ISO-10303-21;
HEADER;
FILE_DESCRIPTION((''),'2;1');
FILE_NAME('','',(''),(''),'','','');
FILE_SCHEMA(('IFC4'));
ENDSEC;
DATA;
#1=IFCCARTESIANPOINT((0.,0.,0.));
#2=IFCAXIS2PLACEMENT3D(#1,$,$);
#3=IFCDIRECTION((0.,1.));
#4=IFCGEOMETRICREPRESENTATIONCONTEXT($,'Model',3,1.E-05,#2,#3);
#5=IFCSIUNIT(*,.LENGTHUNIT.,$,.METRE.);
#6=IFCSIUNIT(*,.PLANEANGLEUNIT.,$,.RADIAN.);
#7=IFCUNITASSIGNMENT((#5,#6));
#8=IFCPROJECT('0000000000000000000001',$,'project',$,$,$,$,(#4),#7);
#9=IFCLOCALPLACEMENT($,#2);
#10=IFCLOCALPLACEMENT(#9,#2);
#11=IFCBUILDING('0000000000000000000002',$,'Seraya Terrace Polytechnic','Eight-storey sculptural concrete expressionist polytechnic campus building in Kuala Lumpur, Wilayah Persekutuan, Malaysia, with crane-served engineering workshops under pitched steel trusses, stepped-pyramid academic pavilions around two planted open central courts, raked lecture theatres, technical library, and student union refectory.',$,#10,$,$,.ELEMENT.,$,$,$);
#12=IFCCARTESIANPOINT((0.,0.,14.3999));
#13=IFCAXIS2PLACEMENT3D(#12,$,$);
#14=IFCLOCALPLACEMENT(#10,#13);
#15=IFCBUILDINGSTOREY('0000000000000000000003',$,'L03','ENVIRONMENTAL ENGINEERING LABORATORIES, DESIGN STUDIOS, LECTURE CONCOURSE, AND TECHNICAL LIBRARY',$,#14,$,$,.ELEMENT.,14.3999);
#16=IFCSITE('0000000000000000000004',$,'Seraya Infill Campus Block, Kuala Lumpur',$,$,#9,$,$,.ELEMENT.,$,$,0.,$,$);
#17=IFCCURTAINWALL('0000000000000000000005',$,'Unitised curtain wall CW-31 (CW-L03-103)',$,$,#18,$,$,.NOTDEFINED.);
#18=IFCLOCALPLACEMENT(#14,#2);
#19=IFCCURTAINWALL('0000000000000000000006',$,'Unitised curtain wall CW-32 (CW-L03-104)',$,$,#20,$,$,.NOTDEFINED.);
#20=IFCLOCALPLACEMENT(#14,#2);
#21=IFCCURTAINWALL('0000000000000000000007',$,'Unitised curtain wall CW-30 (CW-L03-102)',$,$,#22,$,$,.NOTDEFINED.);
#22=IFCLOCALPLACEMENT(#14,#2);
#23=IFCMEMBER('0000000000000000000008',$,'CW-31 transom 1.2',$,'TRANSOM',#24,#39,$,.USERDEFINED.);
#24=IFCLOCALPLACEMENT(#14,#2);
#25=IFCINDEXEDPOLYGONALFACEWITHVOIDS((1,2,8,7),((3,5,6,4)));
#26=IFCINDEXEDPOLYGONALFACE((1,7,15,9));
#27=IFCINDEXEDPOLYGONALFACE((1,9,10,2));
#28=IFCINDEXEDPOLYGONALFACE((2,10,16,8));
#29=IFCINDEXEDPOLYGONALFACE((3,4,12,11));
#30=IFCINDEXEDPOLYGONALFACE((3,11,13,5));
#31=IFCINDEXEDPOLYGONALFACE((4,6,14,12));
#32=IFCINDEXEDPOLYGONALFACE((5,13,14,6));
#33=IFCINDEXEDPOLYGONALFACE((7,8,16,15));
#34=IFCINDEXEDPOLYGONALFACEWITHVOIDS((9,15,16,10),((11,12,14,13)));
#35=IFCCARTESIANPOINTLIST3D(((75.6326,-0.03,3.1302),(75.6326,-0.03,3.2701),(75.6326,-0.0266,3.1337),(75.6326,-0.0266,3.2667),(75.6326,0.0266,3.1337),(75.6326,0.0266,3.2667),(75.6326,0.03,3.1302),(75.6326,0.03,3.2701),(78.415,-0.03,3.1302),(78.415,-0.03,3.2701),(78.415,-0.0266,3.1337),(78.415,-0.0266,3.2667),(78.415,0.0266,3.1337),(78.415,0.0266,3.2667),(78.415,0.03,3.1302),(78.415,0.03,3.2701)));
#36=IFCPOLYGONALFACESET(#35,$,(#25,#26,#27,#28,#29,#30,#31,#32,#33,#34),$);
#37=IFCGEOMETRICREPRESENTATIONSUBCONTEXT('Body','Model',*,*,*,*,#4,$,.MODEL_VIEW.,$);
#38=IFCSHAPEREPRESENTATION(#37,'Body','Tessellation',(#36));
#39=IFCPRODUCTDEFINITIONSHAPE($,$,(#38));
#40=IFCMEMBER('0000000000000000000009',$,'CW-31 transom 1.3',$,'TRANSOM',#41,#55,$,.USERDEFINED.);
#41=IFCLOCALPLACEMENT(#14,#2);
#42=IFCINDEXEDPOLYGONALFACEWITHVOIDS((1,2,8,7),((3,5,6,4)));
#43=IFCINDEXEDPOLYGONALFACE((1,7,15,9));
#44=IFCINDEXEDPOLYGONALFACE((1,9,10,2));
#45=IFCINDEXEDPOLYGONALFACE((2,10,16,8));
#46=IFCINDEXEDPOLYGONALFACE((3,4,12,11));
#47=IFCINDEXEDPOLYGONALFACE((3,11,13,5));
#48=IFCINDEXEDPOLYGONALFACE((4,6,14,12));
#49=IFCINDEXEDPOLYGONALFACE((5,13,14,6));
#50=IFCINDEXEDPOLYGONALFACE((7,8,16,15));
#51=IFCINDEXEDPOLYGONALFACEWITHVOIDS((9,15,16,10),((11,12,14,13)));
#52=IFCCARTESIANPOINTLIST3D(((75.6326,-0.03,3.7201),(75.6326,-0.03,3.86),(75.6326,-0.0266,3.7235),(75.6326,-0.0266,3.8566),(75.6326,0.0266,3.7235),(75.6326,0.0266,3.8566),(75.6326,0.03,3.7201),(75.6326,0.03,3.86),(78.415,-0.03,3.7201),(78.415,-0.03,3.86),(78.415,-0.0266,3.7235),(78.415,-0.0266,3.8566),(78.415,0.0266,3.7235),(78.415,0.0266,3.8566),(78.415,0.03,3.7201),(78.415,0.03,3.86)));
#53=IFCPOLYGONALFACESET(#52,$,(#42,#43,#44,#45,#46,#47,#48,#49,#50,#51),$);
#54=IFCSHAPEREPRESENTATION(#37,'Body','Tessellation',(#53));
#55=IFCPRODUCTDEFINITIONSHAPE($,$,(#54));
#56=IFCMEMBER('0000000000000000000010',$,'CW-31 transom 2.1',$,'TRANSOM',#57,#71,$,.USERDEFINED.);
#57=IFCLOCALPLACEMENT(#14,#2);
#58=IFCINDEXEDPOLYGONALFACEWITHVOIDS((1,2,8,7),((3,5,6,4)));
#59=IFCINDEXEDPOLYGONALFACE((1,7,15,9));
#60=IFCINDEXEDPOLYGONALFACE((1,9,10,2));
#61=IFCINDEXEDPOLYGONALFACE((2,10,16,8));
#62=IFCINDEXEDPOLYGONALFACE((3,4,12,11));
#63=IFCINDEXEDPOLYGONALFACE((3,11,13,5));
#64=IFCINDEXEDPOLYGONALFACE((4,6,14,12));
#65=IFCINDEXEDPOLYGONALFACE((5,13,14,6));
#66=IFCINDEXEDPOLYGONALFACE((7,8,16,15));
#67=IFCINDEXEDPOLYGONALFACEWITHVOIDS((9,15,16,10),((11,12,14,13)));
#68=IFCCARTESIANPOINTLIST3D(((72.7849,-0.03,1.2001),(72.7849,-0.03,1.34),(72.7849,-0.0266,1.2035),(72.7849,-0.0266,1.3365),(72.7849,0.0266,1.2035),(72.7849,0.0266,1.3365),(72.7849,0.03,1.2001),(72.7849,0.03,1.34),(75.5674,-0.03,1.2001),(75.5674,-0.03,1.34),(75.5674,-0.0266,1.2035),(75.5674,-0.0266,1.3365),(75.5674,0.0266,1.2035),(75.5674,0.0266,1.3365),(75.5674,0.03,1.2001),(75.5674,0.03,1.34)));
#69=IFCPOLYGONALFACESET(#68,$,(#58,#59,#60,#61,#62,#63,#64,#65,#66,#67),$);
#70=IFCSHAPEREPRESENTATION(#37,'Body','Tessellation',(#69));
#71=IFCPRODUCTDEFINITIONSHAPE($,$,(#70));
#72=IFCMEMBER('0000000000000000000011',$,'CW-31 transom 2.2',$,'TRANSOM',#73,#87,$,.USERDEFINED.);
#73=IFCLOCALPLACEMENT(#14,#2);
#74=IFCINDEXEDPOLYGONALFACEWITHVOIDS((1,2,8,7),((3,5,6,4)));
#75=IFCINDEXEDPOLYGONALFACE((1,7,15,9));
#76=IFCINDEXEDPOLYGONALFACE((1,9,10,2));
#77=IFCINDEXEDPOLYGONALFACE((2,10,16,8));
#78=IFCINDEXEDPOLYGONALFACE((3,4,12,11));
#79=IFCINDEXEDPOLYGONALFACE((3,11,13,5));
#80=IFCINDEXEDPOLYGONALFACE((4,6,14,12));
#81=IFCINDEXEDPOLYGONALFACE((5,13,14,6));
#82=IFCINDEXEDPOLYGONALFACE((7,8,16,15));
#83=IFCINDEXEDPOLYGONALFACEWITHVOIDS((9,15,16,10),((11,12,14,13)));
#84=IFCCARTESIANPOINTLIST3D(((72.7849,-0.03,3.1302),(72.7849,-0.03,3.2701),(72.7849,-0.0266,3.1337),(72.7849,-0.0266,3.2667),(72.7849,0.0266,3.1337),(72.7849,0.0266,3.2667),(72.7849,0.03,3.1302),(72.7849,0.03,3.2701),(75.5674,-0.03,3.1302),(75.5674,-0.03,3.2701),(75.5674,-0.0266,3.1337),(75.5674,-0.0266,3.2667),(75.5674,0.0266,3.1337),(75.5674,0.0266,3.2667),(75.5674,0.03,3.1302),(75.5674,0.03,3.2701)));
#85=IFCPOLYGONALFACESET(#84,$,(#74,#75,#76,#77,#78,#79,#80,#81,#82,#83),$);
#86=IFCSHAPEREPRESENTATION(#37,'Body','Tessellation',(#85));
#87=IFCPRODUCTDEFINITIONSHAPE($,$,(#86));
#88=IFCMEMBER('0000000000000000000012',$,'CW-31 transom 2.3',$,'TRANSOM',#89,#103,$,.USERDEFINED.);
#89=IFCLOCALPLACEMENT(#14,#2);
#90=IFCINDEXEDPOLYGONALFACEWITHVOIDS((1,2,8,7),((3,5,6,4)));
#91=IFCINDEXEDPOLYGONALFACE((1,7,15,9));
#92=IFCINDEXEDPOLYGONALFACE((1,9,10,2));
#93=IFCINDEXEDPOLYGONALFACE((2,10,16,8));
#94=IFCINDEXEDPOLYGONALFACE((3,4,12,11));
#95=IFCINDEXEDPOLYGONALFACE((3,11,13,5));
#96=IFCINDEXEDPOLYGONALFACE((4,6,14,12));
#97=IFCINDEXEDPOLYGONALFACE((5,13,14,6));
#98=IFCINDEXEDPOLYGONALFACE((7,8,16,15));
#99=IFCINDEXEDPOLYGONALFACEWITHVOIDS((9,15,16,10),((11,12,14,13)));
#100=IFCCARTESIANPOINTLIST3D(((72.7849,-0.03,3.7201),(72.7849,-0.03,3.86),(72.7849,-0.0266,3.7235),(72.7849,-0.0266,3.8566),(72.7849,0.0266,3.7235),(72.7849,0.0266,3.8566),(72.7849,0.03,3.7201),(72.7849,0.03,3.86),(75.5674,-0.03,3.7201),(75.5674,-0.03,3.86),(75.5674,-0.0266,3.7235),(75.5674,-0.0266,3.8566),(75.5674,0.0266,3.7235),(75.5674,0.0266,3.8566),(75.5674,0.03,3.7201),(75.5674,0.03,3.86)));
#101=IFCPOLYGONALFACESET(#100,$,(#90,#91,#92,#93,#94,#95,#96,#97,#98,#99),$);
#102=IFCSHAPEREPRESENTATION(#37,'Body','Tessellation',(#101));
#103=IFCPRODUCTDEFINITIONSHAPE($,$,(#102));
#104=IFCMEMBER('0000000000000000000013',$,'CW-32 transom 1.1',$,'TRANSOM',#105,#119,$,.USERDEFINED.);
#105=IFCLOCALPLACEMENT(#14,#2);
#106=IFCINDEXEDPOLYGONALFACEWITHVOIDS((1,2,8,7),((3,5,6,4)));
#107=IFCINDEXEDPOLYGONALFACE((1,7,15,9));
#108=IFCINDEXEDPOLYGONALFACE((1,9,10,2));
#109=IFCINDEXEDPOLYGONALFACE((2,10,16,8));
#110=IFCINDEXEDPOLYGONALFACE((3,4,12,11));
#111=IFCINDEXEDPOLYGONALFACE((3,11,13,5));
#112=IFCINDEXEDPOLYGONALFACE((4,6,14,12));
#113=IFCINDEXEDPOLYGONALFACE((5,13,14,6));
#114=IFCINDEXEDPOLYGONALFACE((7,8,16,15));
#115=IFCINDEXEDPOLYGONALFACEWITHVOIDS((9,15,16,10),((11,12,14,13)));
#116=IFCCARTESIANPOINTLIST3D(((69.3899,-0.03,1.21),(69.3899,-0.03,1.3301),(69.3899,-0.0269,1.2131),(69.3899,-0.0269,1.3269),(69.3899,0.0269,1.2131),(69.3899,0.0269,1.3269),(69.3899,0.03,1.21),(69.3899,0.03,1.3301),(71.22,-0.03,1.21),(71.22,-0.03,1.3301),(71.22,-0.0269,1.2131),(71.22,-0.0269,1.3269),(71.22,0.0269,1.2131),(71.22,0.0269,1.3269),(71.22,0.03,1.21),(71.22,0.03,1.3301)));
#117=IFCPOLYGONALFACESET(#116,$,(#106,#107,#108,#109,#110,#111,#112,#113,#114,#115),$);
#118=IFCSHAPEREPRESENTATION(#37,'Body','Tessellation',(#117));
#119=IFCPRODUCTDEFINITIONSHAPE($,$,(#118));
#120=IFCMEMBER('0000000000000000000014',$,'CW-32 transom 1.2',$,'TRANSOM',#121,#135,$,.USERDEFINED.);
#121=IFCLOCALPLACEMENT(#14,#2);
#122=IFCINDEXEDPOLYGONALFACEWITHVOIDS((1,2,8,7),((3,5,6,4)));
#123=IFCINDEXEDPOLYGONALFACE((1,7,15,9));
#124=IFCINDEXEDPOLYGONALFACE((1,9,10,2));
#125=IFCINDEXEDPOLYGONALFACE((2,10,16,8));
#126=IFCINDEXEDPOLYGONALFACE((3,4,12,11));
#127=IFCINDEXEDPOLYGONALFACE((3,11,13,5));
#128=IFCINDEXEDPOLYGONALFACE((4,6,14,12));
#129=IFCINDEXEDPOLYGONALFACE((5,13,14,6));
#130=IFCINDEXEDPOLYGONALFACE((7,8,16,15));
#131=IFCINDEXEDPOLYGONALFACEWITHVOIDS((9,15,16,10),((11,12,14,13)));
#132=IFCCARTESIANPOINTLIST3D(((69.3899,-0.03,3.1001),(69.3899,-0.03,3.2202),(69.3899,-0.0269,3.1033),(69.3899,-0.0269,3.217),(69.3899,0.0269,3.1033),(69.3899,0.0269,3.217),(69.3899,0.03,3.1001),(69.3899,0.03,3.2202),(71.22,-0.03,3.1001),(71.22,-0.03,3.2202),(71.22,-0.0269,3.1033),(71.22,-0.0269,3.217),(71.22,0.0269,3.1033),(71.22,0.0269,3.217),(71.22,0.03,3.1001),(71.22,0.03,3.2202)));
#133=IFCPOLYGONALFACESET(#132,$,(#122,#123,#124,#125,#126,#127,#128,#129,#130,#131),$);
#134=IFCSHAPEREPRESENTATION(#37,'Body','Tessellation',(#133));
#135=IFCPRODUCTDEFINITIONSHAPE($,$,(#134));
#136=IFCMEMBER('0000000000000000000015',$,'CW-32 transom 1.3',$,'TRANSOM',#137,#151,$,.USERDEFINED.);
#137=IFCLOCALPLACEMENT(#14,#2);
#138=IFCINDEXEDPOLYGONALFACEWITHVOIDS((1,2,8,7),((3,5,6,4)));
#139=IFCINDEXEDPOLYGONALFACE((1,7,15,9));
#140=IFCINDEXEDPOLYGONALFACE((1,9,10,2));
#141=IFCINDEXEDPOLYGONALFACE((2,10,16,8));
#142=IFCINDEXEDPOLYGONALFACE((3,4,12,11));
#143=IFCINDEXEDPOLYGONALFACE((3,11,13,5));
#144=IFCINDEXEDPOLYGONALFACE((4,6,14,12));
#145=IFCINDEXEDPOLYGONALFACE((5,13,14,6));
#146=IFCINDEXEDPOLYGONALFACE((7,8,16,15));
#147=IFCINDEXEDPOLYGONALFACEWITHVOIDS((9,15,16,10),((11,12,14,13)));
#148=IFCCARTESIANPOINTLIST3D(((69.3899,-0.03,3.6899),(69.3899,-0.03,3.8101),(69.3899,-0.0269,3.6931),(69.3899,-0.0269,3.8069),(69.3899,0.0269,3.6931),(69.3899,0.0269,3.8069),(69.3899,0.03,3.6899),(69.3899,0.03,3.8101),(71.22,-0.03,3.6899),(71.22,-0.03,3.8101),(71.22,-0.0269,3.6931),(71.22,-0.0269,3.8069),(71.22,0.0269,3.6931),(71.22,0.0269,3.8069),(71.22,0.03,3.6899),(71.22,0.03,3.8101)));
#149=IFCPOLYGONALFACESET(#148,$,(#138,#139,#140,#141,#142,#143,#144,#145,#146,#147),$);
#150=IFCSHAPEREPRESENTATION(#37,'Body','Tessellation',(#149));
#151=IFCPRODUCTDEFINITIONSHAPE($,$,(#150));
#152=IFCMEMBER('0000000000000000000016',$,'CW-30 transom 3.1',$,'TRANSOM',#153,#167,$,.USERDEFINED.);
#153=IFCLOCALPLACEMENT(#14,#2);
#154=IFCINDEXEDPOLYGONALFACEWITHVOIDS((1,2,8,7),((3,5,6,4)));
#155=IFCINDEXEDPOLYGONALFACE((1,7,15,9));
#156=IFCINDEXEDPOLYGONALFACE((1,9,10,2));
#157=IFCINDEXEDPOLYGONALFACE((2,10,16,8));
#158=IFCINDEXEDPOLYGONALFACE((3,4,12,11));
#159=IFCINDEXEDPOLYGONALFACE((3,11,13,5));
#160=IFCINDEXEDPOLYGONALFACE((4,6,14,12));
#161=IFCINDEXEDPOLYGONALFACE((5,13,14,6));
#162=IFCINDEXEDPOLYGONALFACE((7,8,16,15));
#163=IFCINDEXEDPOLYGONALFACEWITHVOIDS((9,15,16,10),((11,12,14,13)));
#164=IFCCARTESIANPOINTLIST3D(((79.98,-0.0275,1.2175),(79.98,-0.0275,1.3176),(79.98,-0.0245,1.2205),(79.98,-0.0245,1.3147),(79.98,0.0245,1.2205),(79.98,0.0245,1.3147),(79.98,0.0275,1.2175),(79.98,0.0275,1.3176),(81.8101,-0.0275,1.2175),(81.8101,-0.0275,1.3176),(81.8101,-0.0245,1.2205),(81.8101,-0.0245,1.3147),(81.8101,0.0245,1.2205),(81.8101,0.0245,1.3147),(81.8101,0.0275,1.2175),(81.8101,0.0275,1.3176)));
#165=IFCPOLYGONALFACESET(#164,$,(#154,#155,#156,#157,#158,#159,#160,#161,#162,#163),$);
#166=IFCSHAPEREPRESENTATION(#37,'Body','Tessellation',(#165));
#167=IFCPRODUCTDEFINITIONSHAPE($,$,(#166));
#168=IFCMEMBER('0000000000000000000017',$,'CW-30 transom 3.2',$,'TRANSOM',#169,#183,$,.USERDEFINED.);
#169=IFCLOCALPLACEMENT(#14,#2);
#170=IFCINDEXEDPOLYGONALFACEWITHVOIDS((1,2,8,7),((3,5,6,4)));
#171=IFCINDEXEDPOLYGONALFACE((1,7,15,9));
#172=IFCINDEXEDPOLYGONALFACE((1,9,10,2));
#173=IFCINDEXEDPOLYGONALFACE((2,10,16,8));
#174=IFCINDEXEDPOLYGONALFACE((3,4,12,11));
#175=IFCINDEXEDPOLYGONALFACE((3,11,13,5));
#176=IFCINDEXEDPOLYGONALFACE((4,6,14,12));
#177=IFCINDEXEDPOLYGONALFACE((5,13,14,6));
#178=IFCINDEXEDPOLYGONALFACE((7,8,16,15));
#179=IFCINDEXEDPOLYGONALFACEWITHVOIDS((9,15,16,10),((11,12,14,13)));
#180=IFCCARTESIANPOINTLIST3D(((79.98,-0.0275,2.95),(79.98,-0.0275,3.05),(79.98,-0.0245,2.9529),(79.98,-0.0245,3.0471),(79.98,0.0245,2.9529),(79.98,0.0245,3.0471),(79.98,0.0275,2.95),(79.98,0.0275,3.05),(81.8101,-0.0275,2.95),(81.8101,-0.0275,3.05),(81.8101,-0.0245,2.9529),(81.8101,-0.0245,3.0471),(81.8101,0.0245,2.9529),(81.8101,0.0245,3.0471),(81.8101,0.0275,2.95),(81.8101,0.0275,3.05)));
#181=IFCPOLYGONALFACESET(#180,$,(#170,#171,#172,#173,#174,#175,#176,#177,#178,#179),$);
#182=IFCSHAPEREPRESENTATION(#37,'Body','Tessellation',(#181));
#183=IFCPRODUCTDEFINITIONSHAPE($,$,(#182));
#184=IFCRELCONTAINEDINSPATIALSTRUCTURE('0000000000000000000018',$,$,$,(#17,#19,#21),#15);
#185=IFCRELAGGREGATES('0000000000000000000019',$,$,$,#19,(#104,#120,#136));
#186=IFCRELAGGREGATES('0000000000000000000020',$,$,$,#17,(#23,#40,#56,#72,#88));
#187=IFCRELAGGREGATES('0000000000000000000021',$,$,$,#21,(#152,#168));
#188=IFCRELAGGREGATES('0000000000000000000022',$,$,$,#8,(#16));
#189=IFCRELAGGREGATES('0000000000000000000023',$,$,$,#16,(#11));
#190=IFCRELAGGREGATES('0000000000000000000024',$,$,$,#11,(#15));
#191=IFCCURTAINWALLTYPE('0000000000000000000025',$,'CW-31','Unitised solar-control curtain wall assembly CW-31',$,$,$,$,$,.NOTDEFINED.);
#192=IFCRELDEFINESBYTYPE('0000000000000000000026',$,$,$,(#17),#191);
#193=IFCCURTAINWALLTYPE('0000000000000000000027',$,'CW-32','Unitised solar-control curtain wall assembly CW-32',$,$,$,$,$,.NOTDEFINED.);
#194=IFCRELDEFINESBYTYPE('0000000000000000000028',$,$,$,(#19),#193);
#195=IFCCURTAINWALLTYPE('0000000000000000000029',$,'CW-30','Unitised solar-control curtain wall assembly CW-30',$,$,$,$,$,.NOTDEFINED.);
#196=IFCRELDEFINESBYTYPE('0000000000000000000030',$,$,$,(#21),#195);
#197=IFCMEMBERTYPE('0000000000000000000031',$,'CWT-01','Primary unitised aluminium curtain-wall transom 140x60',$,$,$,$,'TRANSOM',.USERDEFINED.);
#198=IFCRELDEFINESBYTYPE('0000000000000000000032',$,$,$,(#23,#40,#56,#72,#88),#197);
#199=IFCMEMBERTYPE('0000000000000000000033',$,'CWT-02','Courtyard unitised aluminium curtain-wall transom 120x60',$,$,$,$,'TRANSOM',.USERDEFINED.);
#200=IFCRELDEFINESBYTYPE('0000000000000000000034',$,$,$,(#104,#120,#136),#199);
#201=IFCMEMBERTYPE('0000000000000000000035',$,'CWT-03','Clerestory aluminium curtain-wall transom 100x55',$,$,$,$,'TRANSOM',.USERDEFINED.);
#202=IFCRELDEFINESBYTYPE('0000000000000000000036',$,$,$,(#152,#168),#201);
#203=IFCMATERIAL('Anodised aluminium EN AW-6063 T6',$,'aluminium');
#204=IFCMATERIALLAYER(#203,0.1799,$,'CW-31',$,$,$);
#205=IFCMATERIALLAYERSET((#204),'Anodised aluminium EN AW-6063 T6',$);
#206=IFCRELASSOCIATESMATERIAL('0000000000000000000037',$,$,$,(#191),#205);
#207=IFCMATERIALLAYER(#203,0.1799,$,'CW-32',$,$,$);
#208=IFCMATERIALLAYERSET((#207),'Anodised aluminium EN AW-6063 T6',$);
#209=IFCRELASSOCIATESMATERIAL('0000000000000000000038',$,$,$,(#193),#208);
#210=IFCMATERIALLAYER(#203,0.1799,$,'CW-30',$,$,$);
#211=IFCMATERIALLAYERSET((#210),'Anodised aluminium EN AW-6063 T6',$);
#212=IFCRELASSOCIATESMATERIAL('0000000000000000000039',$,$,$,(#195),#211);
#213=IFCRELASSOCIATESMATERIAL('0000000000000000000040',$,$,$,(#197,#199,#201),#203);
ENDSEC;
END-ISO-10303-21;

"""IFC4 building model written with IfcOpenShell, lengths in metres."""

from ifc_helpers import new_model, si_unit, direction, frame, origin, origin_2d, place, context, subcontext, project, spatial, hollow_rectangle, extrude, material, layer, layer_set, material_profile, profile_set, type_object, element, aggregate, save


model = new_model("IFC4")

# Units and contexts
model_context = context("Model", 3, precision=1e-05, world=origin(), true_north=direction((0.0, 1.0)))
body_context = subcontext(model_context, "Body", "Model", "MODEL_VIEW")
ifc_project = project(units=[si_unit("LENGTHUNIT", "METRE"), si_unit("PLANEANGLEUNIT", "RADIAN")], contexts=[model_context])

# Site, building, storey
site_placement = place(None, origin())
site = spatial("IfcSite", under=ifc_project, at=site_placement, Name="Seraya Infill Campus Block, Kuala Lumpur", CompositionType="ELEMENT", RefElevation=0.0)
building_placement = place(site_placement, origin())
building = spatial("IfcBuilding", under=site, at=building_placement, Name="Seraya Terrace Polytechnic", Description="Eight-storey sculptural concrete expressionist polytechnic campus building in Kuala Lumpur, Wilayah Persekutuan, Malaysia, with crane-served engineering workshops under pitched steel trusses, stepped-pyramid academic pavilions around two planted open central courts, raked lecture theatres, technical library, and student union refectory.", CompositionType="ELEMENT")
storey_placement = place(building_placement, frame((0.0, 0.0, 14.3999)))
storey = spatial("IfcBuildingStorey", under=building, at=storey_placement, Name="L03", Description="ENVIRONMENTAL ENGINEERING LABORATORIES, DESIGN STUDIOS, LECTURE CONCOURSE, AND TECHNICAL LIBRARY", CompositionType="ELEMENT", Elevation=14.3999)

# Curtain wall
ifc_material_1 = material(Name="Anodised aluminium EN AW-6063 T6", Category="aluminium")
ifc_layer_1 = layer(ifc_material_1, 0.1799, Name="CW-31")
ifc_layer_set_1 = layer_set([ifc_layer_1], Name="Anodised aluminium EN AW-6063 T6")
curtain_wall_type_1 = type_object("IfcCurtainWallType", Name="CW-31", Description="Unitised solar-control curtain wall assembly CW-31", PredefinedType="NOTDEFINED", material=ifc_layer_set_1)
curtain_wall_1_placement = place(storey_placement, origin())
curtain_wall_1 = element("IfcCurtainWall", 1, at=curtain_wall_1_placement, inside=storey, type_object=curtain_wall_type_1, Name="Unitised curtain wall CW-31 (CW-L03-103)", PredefinedType="NOTDEFINED")

# Curtain wall
ifc_layer_2 = layer(ifc_material_1, 0.1799, Name="CW-32")
ifc_layer_set_2 = layer_set([ifc_layer_2], Name="Anodised aluminium EN AW-6063 T6")
curtain_wall_type_2 = type_object("IfcCurtainWallType", Name="CW-32", Description="Unitised solar-control curtain wall assembly CW-32", PredefinedType="NOTDEFINED", material=ifc_layer_set_2)
curtain_wall_2_placement = place(storey_placement, origin())
curtain_wall_2 = element("IfcCurtainWall", 2, at=curtain_wall_2_placement, inside=storey, type_object=curtain_wall_type_2, Name="Unitised curtain wall CW-32 (CW-L03-104)", PredefinedType="NOTDEFINED")

# Curtain wall
ifc_layer_3 = layer(ifc_material_1, 0.1799, Name="CW-30")
ifc_layer_set_3 = layer_set([ifc_layer_3], Name="Anodised aluminium EN AW-6063 T6")
curtain_wall_type_3 = type_object("IfcCurtainWallType", Name="CW-30", Description="Unitised solar-control curtain wall assembly CW-30", PredefinedType="NOTDEFINED", material=ifc_layer_set_3)
curtain_wall_3_placement = place(storey_placement, origin())
curtain_wall_3 = element("IfcCurtainWall", 3, at=curtain_wall_3_placement, inside=storey, type_object=curtain_wall_type_3, Name="Unitised curtain wall CW-30 (CW-L03-102)", PredefinedType="NOTDEFINED")

# Members
ifc_material_profile_1 = material_profile(ifc_material_1, hollow_rectangle(XDim=0.0601, YDim=0.1399, WallThickness=0.0034, at=origin_2d()), Name="RHS 140x60x3.5")
ifc_profile_set_1 = profile_set([ifc_material_profile_1], Name="Anodised aluminium EN AW-6063 T6")
member_type_1 = type_object("IfcMemberType", Name="CWT-01", Description="Primary unitised aluminium curtain-wall transom 140x60", ElementType="TRANSOM", PredefinedType="USERDEFINED", material=ifc_profile_set_1)
member_1_placement = place(storey_placement, frame((78.415, 0.0, 3.2002), z_axis=(-1.0, 0.0, 0.0), x_axis=(0.0, -1.0, 0.0)))
member_1 = element("IfcMember", 4, at=member_1_placement, type_object=member_type_1, Name="CW-31 transom 1.2", ObjectType="TRANSOM", PredefinedType="USERDEFINED", context=body_context, shape_type="SweptSolid", body=[
    extrude(hollow_rectangle(XDim=0.0601, YDim=0.1399, WallThickness=0.0034, at=origin_2d()), origin(), (0.0, 0.0, 1.0), 2.7825),
])
member_2_placement = place(storey_placement, frame((78.415, 0.0, 3.79), z_axis=(-1.0, 0.0, 0.0), x_axis=(0.0, -1.0, 0.0)))
member_2 = element("IfcMember", 5, at=member_2_placement, type_object=member_type_1, Name="CW-31 transom 1.3", ObjectType="TRANSOM", PredefinedType="USERDEFINED", context=body_context, shape_type="SweptSolid", body=[
    extrude(hollow_rectangle(XDim=0.0601, YDim=0.1399, WallThickness=0.0034, at=origin_2d()), origin(), (0.0, 0.0, 1.0), 2.7825),
])
member_3_placement = place(storey_placement, frame((75.5674, 0.0, 1.27), z_axis=(-1.0, 0.0, 0.0), x_axis=(0.0, -1.0, 0.0)))
member_3 = element("IfcMember", 6, at=member_3_placement, type_object=member_type_1, Name="CW-31 transom 2.1", ObjectType="TRANSOM", PredefinedType="USERDEFINED", context=body_context, shape_type="SweptSolid", body=[
    extrude(hollow_rectangle(XDim=0.0601, YDim=0.1399, WallThickness=0.0034, at=origin_2d()), origin(), (0.0, 0.0, 1.0), 2.7825),
])
member_4_placement = place(storey_placement, frame((75.5674, 0.0, 3.2002), z_axis=(-1.0, 0.0, 0.0), x_axis=(0.0, -1.0, 0.0)))
member_4 = element("IfcMember", 7, at=member_4_placement, type_object=member_type_1, Name="CW-31 transom 2.2", ObjectType="TRANSOM", PredefinedType="USERDEFINED", context=body_context, shape_type="SweptSolid", body=[
    extrude(hollow_rectangle(XDim=0.0601, YDim=0.1399, WallThickness=0.0034, at=origin_2d()), origin(), (0.0, 0.0, 1.0), 2.7825),
])
member_5_placement = place(storey_placement, frame((75.5674, 0.0, 3.79), z_axis=(-1.0, 0.0, 0.0), x_axis=(0.0, -1.0, 0.0)))
member_5 = element("IfcMember", 8, at=member_5_placement, type_object=member_type_1, Name="CW-31 transom 2.3", ObjectType="TRANSOM", PredefinedType="USERDEFINED", context=body_context, shape_type="SweptSolid", body=[
    extrude(hollow_rectangle(XDim=0.0601, YDim=0.1399, WallThickness=0.0034, at=origin_2d()), origin(), (0.0, 0.0, 1.0), 2.7825),
])
ifc_material_profile_2 = material_profile(ifc_material_1, hollow_rectangle(XDim=0.0601, YDim=0.1201, WallThickness=0.0032, at=origin_2d()), Name="RHS 120x60x3.2")
ifc_profile_set_2 = profile_set([ifc_material_profile_2], Name="Anodised aluminium EN AW-6063 T6")
member_type_2 = type_object("IfcMemberType", Name="CWT-02", Description="Courtyard unitised aluminium curtain-wall transom 120x60", ElementType="TRANSOM", PredefinedType="USERDEFINED", material=ifc_profile_set_2)
member_6_placement = place(storey_placement, frame((71.22, 0.0, 1.27), z_axis=(-1.0, 0.0, 0.0), x_axis=(0.0, -1.0, 0.0)))
member_6 = element("IfcMember", 9, at=member_6_placement, type_object=member_type_2, Name="CW-32 transom 1.1", ObjectType="TRANSOM", PredefinedType="USERDEFINED", context=body_context, shape_type="SweptSolid", body=[
    extrude(hollow_rectangle(XDim=0.0601, YDim=0.1201, WallThickness=0.0032, at=origin_2d()), origin(), (0.0, 0.0, 1.0), 1.8301),
])
member_7_placement = place(storey_placement, frame((71.22, 0.0, 3.1602), z_axis=(-1.0, 0.0, 0.0), x_axis=(0.0, -1.0, 0.0)))
member_7 = element("IfcMember", 10, at=member_7_placement, type_object=member_type_2, Name="CW-32 transom 1.2", ObjectType="TRANSOM", PredefinedType="USERDEFINED", context=body_context, shape_type="SweptSolid", body=[
    extrude(hollow_rectangle(XDim=0.0601, YDim=0.1201, WallThickness=0.0032, at=origin_2d()), origin(), (0.0, 0.0, 1.0), 1.8301),
])
member_8_placement = place(storey_placement, frame((71.22, 0.0, 3.75), z_axis=(-1.0, 0.0, 0.0), x_axis=(0.0, -1.0, 0.0)))
member_8 = element("IfcMember", 11, at=member_8_placement, type_object=member_type_2, Name="CW-32 transom 1.3", ObjectType="TRANSOM", PredefinedType="USERDEFINED", context=body_context, shape_type="SweptSolid", body=[
    extrude(hollow_rectangle(XDim=0.0601, YDim=0.1201, WallThickness=0.0032, at=origin_2d()), origin(), (0.0, 0.0, 1.0), 1.8301),
])
aggregate(curtain_wall_2, [member_6, member_7, member_8])
ifc_material_profile_3 = material_profile(ifc_material_1, hollow_rectangle(XDim=0.0549, YDim=0.1001, WallThickness=0.0029, at=origin_2d()), Name="RHS 100x55x3.0")
ifc_profile_set_3 = profile_set([ifc_material_profile_3], Name="Anodised aluminium EN AW-6063 T6")
member_type_3 = type_object("IfcMemberType", Name="CWT-03", Description="Clerestory aluminium curtain-wall transom 100x55", ElementType="TRANSOM", PredefinedType="USERDEFINED", material=ifc_profile_set_3)
member_9_placement = place(storey_placement, frame((81.8101, 0.0, 1.2676), z_axis=(-1.0, 0.0, 0.0), x_axis=(0.0, -1.0, 0.0)))
member_9 = element("IfcMember", 12, at=member_9_placement, type_object=member_type_3, Name="CW-30 transom 3.1", ObjectType="TRANSOM", PredefinedType="USERDEFINED", context=body_context, shape_type="SweptSolid", body=[
    extrude(hollow_rectangle(XDim=0.0549, YDim=0.1001, WallThickness=0.0029, at=origin_2d()), origin(), (0.0, 0.0, 1.0), 1.8301),
])
member_10_placement = place(storey_placement, frame((81.8101, 0.0, 3.0), z_axis=(-1.0, 0.0, 0.0), x_axis=(0.0, -1.0, 0.0)))
member_10 = element("IfcMember", 13, at=member_10_placement, type_object=member_type_3, Name="CW-30 transom 3.2", ObjectType="TRANSOM", PredefinedType="USERDEFINED", context=body_context, shape_type="SweptSolid", body=[
    extrude(hollow_rectangle(XDim=0.0549, YDim=0.1001, WallThickness=0.0029, at=origin_2d()), origin(), (0.0, 0.0, 1.0), 1.8301),
])

aggregate(curtain_wall_1, [member_1, member_2, member_3, member_4, member_5])
aggregate(curtain_wall_3, [member_9, member_10])

save(model, "model.ifc")
